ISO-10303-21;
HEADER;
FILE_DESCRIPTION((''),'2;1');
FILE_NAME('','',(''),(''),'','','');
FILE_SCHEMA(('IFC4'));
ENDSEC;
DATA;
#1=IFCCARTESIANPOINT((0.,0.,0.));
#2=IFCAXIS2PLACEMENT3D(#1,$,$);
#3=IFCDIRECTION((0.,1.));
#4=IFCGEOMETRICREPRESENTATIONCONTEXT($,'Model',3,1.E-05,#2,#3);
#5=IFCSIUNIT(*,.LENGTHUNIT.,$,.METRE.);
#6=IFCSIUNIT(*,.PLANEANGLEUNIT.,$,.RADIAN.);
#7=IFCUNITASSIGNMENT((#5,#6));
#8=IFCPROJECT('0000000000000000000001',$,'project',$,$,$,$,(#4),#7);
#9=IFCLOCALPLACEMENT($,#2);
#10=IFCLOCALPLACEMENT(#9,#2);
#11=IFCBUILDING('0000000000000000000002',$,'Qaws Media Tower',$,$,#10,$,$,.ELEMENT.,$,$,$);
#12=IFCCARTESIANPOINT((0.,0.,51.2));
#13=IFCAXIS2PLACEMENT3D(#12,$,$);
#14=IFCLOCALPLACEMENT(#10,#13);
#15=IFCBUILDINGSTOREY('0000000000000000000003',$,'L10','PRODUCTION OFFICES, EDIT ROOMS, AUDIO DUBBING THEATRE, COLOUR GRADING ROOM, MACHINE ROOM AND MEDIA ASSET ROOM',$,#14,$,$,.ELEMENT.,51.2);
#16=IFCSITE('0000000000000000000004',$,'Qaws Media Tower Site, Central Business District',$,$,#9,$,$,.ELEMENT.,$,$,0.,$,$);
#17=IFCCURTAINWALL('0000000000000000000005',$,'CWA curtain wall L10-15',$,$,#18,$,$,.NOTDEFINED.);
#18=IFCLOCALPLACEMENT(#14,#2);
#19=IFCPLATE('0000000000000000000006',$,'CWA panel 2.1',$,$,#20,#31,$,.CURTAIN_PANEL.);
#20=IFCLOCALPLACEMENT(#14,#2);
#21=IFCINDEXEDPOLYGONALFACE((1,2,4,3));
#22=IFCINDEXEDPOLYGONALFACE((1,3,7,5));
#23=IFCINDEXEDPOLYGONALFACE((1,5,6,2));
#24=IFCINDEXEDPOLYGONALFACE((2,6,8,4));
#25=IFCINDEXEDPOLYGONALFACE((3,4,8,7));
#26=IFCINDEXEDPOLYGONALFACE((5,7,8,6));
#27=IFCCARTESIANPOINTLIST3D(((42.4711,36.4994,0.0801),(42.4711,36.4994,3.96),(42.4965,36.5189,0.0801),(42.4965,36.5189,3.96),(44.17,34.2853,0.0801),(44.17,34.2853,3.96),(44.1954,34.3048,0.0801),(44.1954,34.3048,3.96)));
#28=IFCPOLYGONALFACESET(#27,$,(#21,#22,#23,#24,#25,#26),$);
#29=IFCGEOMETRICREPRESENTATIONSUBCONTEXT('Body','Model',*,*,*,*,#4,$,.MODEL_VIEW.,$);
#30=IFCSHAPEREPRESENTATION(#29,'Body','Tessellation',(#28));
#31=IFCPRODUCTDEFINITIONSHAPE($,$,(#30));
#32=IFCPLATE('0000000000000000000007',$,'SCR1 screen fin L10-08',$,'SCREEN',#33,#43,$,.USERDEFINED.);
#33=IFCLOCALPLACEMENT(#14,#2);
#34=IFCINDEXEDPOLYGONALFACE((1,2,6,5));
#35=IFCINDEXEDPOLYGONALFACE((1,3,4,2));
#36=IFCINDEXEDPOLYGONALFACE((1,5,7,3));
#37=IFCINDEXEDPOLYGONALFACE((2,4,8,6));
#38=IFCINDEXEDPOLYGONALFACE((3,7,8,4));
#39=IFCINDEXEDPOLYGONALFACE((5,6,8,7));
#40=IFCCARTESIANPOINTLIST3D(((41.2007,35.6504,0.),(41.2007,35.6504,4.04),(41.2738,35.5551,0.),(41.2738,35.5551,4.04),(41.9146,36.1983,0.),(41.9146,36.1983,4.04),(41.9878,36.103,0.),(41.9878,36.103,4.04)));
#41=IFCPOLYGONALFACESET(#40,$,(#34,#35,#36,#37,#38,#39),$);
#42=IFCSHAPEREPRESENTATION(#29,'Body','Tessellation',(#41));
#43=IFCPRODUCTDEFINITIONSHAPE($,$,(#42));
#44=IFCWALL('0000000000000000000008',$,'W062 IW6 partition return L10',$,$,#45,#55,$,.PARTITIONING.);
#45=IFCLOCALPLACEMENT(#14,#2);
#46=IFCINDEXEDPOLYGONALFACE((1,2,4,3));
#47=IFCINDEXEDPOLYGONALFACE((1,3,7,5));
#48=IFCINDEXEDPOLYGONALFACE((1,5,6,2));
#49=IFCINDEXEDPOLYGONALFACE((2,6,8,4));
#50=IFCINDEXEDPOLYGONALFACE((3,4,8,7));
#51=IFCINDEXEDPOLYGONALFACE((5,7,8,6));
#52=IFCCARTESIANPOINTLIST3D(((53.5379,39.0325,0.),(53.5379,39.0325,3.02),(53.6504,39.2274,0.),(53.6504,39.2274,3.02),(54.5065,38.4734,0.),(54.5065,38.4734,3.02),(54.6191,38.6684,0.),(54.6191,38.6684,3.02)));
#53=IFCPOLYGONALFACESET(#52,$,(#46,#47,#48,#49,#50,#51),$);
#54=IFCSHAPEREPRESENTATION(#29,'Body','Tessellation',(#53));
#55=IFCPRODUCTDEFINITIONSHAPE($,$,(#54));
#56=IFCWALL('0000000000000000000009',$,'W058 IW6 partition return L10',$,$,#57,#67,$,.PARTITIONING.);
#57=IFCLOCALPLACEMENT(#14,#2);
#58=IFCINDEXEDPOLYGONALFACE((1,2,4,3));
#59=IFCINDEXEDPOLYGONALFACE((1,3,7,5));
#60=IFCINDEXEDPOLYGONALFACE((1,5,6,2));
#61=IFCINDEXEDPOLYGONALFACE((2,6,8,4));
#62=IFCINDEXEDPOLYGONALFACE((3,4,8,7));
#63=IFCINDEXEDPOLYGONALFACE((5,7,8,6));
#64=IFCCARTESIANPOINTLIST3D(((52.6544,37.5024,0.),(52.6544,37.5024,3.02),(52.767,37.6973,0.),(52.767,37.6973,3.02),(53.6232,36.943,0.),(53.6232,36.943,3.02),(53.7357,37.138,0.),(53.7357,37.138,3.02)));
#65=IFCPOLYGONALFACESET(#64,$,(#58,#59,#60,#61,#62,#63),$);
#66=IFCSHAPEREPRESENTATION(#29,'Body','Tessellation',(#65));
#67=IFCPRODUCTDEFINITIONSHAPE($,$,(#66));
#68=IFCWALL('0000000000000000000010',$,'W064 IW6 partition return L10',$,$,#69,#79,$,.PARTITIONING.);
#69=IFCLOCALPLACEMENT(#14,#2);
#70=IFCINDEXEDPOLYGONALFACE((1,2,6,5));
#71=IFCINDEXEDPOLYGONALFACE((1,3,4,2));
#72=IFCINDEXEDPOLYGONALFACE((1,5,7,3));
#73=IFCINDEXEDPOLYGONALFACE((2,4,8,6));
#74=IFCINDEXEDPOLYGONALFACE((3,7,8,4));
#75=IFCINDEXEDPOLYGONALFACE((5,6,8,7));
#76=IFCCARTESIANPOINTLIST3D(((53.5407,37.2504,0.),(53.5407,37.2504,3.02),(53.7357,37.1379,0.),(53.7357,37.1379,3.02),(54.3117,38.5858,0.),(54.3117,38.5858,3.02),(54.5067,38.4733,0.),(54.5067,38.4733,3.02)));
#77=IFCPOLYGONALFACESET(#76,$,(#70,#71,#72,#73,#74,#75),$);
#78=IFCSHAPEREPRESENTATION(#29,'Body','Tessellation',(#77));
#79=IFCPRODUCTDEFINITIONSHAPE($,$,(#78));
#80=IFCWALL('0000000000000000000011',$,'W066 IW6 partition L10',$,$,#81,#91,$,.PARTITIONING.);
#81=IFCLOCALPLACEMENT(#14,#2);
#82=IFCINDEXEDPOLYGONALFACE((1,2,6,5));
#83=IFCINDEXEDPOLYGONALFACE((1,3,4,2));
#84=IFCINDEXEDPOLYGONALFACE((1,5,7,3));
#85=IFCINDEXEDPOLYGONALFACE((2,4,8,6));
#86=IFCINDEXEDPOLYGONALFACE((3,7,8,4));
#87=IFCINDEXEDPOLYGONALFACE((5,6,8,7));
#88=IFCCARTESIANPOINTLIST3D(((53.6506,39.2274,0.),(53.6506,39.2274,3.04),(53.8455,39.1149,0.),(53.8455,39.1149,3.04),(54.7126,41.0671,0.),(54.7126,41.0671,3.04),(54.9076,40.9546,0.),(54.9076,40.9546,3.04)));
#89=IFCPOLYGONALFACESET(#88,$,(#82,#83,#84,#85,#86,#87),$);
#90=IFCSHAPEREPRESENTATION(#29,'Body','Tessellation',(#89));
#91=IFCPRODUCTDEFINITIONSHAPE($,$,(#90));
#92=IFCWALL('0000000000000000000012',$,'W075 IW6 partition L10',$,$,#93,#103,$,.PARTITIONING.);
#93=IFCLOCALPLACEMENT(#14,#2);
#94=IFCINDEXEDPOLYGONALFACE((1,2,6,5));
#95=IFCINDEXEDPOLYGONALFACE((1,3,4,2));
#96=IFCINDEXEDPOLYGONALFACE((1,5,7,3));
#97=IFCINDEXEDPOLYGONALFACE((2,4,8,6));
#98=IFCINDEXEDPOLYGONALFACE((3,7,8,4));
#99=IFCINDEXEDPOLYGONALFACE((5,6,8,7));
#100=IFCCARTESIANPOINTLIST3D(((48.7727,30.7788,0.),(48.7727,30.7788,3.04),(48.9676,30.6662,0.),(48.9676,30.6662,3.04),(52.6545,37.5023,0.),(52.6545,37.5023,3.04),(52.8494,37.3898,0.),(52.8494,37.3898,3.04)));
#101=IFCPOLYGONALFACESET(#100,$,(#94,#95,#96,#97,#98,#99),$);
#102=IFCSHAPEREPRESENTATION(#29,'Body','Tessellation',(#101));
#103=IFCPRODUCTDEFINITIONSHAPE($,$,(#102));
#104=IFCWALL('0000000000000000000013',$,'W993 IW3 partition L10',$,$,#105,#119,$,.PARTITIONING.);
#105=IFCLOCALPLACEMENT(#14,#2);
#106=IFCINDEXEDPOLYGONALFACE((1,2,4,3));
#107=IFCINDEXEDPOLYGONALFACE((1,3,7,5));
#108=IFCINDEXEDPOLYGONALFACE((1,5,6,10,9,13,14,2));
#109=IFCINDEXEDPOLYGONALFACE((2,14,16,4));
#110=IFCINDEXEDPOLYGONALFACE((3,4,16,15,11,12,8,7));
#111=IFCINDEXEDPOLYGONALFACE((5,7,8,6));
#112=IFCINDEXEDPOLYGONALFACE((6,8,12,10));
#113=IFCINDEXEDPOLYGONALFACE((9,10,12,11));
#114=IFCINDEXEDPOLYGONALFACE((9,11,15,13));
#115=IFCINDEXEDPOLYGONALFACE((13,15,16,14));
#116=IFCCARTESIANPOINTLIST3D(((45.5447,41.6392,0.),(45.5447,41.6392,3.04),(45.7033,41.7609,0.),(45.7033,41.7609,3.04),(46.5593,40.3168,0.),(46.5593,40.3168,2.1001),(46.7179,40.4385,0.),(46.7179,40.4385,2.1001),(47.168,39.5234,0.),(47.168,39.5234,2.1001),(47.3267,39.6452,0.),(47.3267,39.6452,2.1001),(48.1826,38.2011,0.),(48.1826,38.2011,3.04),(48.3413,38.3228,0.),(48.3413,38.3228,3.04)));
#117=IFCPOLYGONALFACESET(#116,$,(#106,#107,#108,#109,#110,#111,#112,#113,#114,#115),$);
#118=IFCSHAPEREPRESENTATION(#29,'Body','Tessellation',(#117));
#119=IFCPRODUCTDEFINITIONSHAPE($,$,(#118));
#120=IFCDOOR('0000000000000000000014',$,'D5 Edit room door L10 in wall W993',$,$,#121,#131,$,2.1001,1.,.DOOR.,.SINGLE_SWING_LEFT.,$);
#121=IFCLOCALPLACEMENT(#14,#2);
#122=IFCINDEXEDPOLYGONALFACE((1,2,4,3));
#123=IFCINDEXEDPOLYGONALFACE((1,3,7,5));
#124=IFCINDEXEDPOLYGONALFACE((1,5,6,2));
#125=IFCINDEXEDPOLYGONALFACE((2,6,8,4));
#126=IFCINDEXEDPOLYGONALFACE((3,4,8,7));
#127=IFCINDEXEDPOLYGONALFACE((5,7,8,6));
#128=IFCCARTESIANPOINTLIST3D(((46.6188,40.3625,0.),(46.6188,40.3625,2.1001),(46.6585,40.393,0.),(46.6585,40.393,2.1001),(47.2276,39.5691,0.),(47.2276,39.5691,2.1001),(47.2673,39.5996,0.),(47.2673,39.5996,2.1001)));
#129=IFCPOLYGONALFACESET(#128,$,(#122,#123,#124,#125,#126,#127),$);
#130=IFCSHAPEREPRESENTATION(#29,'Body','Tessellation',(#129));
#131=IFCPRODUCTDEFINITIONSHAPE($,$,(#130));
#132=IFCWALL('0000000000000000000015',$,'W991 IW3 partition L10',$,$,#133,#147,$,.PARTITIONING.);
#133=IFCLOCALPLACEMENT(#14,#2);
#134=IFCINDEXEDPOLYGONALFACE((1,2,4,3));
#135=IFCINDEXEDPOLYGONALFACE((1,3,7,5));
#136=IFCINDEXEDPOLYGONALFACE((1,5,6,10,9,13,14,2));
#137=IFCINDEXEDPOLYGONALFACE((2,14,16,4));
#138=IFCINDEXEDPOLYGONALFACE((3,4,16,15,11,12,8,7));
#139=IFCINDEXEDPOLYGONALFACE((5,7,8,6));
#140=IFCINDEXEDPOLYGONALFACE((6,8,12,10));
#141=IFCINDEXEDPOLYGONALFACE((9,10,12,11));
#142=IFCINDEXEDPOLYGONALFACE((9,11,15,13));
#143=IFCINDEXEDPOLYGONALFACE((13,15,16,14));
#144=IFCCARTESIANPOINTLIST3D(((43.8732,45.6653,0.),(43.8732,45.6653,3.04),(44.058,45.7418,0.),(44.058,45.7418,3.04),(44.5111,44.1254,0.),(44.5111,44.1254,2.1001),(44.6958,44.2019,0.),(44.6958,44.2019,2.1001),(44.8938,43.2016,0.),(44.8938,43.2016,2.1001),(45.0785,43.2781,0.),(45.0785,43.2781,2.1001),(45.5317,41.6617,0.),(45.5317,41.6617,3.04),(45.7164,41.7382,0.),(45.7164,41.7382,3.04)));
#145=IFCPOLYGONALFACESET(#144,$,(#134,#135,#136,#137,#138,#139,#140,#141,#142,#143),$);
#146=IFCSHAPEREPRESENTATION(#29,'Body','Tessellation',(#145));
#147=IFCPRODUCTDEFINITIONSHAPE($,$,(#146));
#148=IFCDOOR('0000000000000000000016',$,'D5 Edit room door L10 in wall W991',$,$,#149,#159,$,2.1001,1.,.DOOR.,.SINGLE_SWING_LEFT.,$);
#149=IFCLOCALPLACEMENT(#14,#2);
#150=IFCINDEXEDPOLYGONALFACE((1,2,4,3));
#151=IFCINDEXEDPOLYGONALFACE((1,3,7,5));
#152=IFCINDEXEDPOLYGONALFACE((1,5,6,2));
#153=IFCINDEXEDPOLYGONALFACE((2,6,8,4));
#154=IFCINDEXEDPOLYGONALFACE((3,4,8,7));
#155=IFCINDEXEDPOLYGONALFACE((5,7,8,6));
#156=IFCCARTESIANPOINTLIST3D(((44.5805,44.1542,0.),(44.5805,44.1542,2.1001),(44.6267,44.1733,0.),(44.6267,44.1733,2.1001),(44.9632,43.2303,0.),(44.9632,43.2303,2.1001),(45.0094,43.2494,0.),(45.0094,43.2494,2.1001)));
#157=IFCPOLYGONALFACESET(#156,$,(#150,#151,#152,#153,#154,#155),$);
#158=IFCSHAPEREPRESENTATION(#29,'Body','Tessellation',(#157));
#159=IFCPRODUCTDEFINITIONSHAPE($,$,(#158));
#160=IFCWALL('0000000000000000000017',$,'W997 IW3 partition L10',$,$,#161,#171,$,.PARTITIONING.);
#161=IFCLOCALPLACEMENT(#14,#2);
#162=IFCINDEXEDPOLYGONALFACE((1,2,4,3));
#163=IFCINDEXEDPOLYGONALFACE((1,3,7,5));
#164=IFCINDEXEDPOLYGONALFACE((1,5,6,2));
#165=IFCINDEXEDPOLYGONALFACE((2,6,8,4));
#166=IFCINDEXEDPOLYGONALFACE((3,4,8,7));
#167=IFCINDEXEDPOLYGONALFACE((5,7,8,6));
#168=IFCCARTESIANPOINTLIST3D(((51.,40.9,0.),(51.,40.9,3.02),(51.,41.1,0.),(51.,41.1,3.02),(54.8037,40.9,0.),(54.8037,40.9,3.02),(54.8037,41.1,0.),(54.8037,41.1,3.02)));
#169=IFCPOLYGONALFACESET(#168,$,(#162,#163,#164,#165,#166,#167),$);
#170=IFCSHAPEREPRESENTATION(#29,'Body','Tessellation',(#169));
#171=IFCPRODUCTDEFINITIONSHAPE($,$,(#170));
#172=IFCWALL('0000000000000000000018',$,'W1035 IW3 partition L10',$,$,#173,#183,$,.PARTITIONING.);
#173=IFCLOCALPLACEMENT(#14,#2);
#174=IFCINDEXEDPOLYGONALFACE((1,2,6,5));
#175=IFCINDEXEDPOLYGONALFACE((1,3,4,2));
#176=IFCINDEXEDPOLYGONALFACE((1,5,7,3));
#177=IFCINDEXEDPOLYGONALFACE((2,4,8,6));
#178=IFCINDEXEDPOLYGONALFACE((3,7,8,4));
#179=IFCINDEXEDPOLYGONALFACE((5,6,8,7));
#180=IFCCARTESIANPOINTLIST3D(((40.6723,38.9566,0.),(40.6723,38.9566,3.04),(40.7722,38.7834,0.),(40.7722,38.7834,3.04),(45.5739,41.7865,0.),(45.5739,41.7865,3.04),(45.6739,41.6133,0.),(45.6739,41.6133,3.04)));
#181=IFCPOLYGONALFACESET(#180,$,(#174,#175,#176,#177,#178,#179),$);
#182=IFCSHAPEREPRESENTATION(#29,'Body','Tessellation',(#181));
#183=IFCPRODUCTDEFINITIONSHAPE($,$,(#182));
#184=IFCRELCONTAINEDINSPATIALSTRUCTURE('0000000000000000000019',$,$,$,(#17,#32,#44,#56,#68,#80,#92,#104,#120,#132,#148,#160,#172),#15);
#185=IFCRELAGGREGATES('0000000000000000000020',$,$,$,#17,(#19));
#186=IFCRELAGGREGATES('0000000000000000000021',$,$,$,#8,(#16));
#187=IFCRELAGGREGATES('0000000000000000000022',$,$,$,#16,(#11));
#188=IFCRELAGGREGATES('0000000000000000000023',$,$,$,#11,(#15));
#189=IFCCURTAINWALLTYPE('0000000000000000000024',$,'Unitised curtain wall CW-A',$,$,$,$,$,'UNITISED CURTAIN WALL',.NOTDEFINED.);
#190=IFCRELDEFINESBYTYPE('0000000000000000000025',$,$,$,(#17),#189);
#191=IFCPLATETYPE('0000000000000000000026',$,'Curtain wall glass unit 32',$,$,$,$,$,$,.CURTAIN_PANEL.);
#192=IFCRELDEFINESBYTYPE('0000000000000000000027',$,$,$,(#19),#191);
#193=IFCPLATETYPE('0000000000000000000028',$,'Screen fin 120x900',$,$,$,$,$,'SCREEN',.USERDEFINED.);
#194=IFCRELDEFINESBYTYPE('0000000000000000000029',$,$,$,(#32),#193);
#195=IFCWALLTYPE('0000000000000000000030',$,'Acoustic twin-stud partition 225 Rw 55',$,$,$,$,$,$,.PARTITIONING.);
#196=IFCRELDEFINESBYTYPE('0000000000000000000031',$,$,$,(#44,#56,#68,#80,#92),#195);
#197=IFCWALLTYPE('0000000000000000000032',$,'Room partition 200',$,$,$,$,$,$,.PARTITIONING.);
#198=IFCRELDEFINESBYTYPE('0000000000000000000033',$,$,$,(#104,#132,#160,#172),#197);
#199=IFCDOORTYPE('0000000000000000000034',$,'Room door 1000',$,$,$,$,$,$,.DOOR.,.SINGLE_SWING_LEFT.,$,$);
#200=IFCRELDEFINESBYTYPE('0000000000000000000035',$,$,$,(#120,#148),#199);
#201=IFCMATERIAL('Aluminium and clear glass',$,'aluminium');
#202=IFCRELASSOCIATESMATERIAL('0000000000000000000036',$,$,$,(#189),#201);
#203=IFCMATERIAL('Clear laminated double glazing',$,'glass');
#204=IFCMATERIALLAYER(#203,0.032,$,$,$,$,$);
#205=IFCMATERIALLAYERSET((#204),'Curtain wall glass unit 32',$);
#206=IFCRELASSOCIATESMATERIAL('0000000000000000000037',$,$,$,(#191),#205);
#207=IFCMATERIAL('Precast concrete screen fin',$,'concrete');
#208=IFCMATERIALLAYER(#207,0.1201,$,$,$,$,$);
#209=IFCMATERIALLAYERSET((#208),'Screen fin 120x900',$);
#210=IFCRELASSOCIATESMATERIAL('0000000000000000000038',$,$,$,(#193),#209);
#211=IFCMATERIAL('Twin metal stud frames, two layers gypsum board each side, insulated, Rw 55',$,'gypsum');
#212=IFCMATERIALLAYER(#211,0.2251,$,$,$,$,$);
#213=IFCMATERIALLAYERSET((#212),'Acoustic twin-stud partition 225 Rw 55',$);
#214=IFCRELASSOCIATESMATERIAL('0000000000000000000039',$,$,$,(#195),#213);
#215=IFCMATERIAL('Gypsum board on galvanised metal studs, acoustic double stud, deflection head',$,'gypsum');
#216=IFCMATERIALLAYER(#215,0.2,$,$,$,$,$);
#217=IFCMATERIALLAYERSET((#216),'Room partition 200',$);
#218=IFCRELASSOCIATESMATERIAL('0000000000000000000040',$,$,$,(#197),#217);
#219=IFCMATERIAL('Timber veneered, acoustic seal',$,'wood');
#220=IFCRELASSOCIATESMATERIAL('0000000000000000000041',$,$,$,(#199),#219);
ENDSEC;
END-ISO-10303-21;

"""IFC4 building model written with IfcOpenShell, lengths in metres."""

from ifc_helpers import new_model, si_unit, direction, frame, frame_2d, origin, origin_2d, place, context, subcontext, project, spatial, rectangle, extrude, material, layer, layer_set, type_object, element, fill, aggregate, save


model = new_model("IFC4")

# Units and contexts
model_context = context("Model", 3, precision=1e-05, world=origin(), true_north=direction((0.0, 1.0)))
body_context = subcontext(model_context, "Body", "Model", "MODEL_VIEW")
ifc_project = project(units=[si_unit("LENGTHUNIT", "METRE"), si_unit("PLANEANGLEUNIT", "RADIAN")], contexts=[model_context])

# Site, building, storey
site_placement = place(None, origin())
site = spatial("IfcSite", under=ifc_project, at=site_placement, Name="Qaws Media Tower Site, Central Business District", CompositionType="ELEMENT", RefElevation=0.0)
building_placement = place(site_placement, origin())
building = spatial("IfcBuilding", under=site, at=building_placement, Name="Qaws Media Tower", CompositionType="ELEMENT")
storey_placement = place(building_placement, frame((0.0, 0.0, 51.2)))
storey = spatial("IfcBuildingStorey", under=building, at=storey_placement, Name="L10", Description="PRODUCTION OFFICES, EDIT ROOMS, AUDIO DUBBING THEATRE, COLOUR GRADING ROOM, MACHINE ROOM AND MEDIA ASSET ROOM", CompositionType="ELEMENT", Elevation=51.2)

# Shared definitions
ifc_material_1 = material(Name="Aluminium and clear glass", Category="aluminium")
curtain_wall_type = type_object("IfcCurtainWallType", Name="Unitised curtain wall CW-A", ElementType="UNITISED CURTAIN WALL", PredefinedType="NOTDEFINED", material=ifc_material_1)

# Curtain wall
curtain_wall_1_placement = place(storey_placement, origin())
curtain_wall_1 = element("IfcCurtainWall", 1, at=curtain_wall_1_placement, inside=storey, type_object=curtain_wall_type, Name="CWA curtain wall L10-15", PredefinedType="NOTDEFINED")

# Plates
ifc_material_2 = material(Name="Clear laminated double glazing", Category="glass")
ifc_layer_1 = layer(ifc_material_2, 0.032)
ifc_layer_set_1 = layer_set([ifc_layer_1], Name="Curtain wall glass unit 32")
plate_type_1 = type_object("IfcPlateType", Name="Curtain wall glass unit 32", PredefinedType="CURTAIN_PANEL", material=ifc_layer_set_1)
plate_1_placement = place(storey_placement, frame((43.3333, 35.4021, 0.0801), z_axis=(0.0, 0.0, 1.0), x_axis=(0.608762, -0.793353, 0.0)))
plate_1 = element("IfcPlate", 2, at=plate_1_placement, type_object=plate_type_1, Name="CWA panel 2.1", PredefinedType="CURTAIN_PANEL", context=body_context, shape_type="SweptSolid", body=[
    extrude(rectangle(XDim=2.7908, YDim=0.032, at=origin_2d()), origin(), (0.0, 0.0, 1.0), 3.8799),
])
aggregate(curtain_wall_1, [plate_1])
ifc_material_3 = material(Name="Precast concrete screen fin", Category="concrete")
ifc_layer_2 = layer(ifc_material_3, 0.1201)
ifc_layer_set_2 = layer_set([ifc_layer_2], Name="Screen fin 120x900")
plate_type_2 = type_object("IfcPlateType", Name="Screen fin 120x900", ElementType="SCREEN", PredefinedType="USERDEFINED", material=ifc_layer_set_2)
plate_2_placement = place(storey_placement, frame((41.5942, 35.8767, 0.0), z_axis=(0.0, 0.0, 1.0), x_axis=(-0.793353, -0.608761, 0.0)))
element("IfcPlate", 3, at=plate_2_placement, inside=storey, type_object=plate_type_2, Name="SCR1 screen fin L10-08", ObjectType="SCREEN", PredefinedType="USERDEFINED", context=body_context, shape_type="SweptSolid", body=[
    extrude(rectangle(XDim=0.8999, YDim=0.1201, at=origin_2d()), origin(), (0.0, 0.0, 1.0), 4.04),
])

# Walls
ifc_material_4 = material(Name="Twin metal stud frames, two layers gypsum board each side, insulated, Rw 55", Category="gypsum")
ifc_layer_3 = layer(ifc_material_4, 0.2251)
ifc_layer_set_3 = layer_set([ifc_layer_3], Name="Acoustic twin-stud partition 225 Rw 55")
wall_type_1 = type_object("IfcWallType", Name="Acoustic twin-stud partition 225 Rw 55", PredefinedType="PARTITIONING", material=ifc_layer_set_3)
wall_1_placement = place(storey_placement, frame((53.5942, 39.1299, 0.0), z_axis=(0.0, 0.0, 1.0), x_axis=(0.866113, -0.499848, 0.0)))
element("IfcWall", 4, at=wall_1_placement, inside=storey, type_object=wall_type_1, Name="W062 IW6 partition return L10", PredefinedType="PARTITIONING", context=body_context, shape_type="SweptSolid", body=[
    extrude(rectangle(XDim=1.1184, YDim=0.2251, at=frame_2d((0.5591, 0.0))), origin(), (0.0, 0.0, 1.0), 3.02),
])
wall_2_placement = place(storey_placement, frame((52.7107, 37.5999, 0.0), z_axis=(0.0, 0.0, 1.0), x_axis=(0.866018, -0.500012, 0.0)))
element("IfcWall", 5, at=wall_2_placement, inside=storey, type_object=wall_type_1, Name="W058 IW6 partition return L10", PredefinedType="PARTITIONING", context=body_context, shape_type="SweptSolid", body=[
    extrude(rectangle(XDim=1.1187, YDim=0.2251, at=frame_2d((0.5593, 0.0))), origin(), (0.0, 0.0, 1.0), 3.02),
])
wall_3_placement = place(storey_placement, frame((54.4092, 38.5295, 0.0), z_axis=(0.0, 0.0, 1.0), x_axis=(-0.499987, -0.866033, 0.0)))
element("IfcWall", 6, at=wall_3_placement, inside=storey, type_object=wall_type_1, Name="W064 IW6 partition return L10", PredefinedType="PARTITIONING", context=body_context, shape_type="SweptSolid", body=[
    extrude(rectangle(XDim=1.542, YDim=0.2251, at=frame_2d((0.771, 0.0))), origin(), (0.0, 0.0, 1.0), 3.02),
])
wall_4_placement = place(storey_placement, frame((54.8101, 41.0107, 0.0), z_axis=(0.0, 0.0, 1.0), x_axis=(-0.499971, -0.866042, 0.0)))
element("IfcWall", 7, at=wall_4_placement, inside=storey, type_object=wall_type_1, Name="W066 IW6 partition L10", PredefinedType="PARTITIONING", context=body_context, shape_type="SweptSolid", body=[
    extrude(rectangle(XDim=2.1243, YDim=0.2251, at=frame_2d((1.062, 0.0))), origin(), (0.0, 0.0, 1.0), 3.04),
])
wall_5_placement = place(storey_placement, frame((52.752, 37.446, 0.0), z_axis=(0.0, 0.0, 1.0), x_axis=(-0.499995, -0.866028, 0.0)))
element("IfcWall", 8, at=wall_5_placement, inside=storey, type_object=wall_type_1, Name="W075 IW6 partition L10", PredefinedType="PARTITIONING", context=body_context, shape_type="SweptSolid", body=[
    extrude(rectangle(XDim=7.7637, YDim=0.2251, at=frame_2d((3.8818, 0.0))), origin(), (0.0, 0.0, 1.0), 3.04),
])

# Walls, openings, doors
ifc_material_5 = material(Name="Gypsum board on galvanised metal studs, acoustic double stud, deflection head", Category="gypsum")
ifc_layer_4 = layer(ifc_material_5, 0.2)
ifc_layer_set_4 = layer_set([ifc_layer_4], Name="Room partition 200")
wall_type_2 = type_object("IfcWallType", Name="Room partition 200", PredefinedType="PARTITIONING", material=ifc_layer_set_4)
wall_6_placement = place(storey_placement, frame((48.262, 38.262, 0.0), z_axis=(0.0, 0.0, 1.0), x_axis=(-0.608744, 0.793367, 0.0)))
wall_6 = element("IfcWall", 9, at=wall_6_placement, inside=storey, type_object=wall_type_2, Name="W993 IW3 partition L10", PredefinedType="PARTITIONING", context=body_context, shape_type="SweptSolid", body=[
    extrude(rectangle(XDim=4.3335, YDim=0.2, at=frame_2d((2.1667, 0.0))), origin(), (0.0, 0.0, 1.0), 3.04),
])
opening_1_placement = place(wall_6_placement, frame((1.6667, 0.0, 0.0)))
opening_1 = element("IfcOpeningElement", 10, at=opening_1_placement, cuts=wall_6, PredefinedType="OPENING", context=body_context, shape_type="SweptSolid", body=[
    extrude(rectangle(XDim=1.0, YDim=2.1001, at=frame_2d((0.5, 1.05))), frame((0.0, 0.1099, 0.0), z_axis=(0.0, -1.0, 0.0), x_axis=(1.0, 0.0, 0.0)), (0.0, 0.0, 1.0), 0.22),
])
ifc_material_6 = material(Name="Timber veneered, acoustic seal", Category="wood")
door_type = type_object("IfcDoorType", Name="Room door 1000", OperationType="SINGLE_SWING_LEFT", PredefinedType="DOOR", material=ifc_material_6)
door_1_placement = place(opening_1_placement, origin())
door_1 = element("IfcDoor", 11, at=door_1_placement, inside=storey, type_object=door_type, Name="D5 Edit room door L10 in wall W993", OperationType="SINGLE_SWING_LEFT", OverallHeight=2.1001, OverallWidth=1.0, PredefinedType="DOOR", context=body_context, shape_type="SweptSolid", body=[
    extrude(rectangle(XDim=1.0, YDim=2.1001, at=frame_2d((0.5, 1.05))), frame((0.0, 0.0249, 0.0), z_axis=(0.0, -1.0, 0.0), x_axis=(1.0, 0.0, 0.0)), (0.0, 0.0, 1.0), 0.05),
])
fill(opening_1, door_1)
wall_7_placement = place(storey_placement, frame((45.624, 41.7, 0.0), z_axis=(0.0, 0.0, 1.0), x_axis=(-0.382698, 0.923873, 0.0)))
wall_7 = element("IfcWall", 12, at=wall_7_placement, inside=storey, type_object=wall_type_2, Name="W991 IW3 partition L10", PredefinedType="PARTITIONING", context=body_context, shape_type="SweptSolid", body=[
    extrude(rectangle(XDim=4.3335, YDim=0.2, at=frame_2d((2.1667, 0.0))), origin(), (0.0, 0.0, 1.0), 3.04),
])
opening_2_placement = place(wall_7_placement, frame((1.6667, 0.0, 0.0)))
opening_2 = element("IfcOpeningElement", 13, at=opening_2_placement, cuts=wall_7, PredefinedType="OPENING", context=body_context, shape_type="SweptSolid", body=[
    extrude(rectangle(XDim=1.0, YDim=2.1001, at=frame_2d((0.5, 1.05))), frame((0.0, 0.1099, 0.0), z_axis=(0.0, -1.0, 0.0), x_axis=(1.0, 0.0, 0.0)), (0.0, 0.0, 1.0), 0.22),
])
door_2_placement = place(opening_2_placement, origin())
door_2 = element("IfcDoor", 14, at=door_2_placement, inside=storey, type_object=door_type, Name="D5 Edit room door L10 in wall W991", OperationType="SINGLE_SWING_LEFT", OverallHeight=2.1001, OverallWidth=1.0, PredefinedType="DOOR", context=body_context, shape_type="SweptSolid", body=[
    extrude(rectangle(XDim=1.0, YDim=2.1001, at=frame_2d((0.5, 1.05))), frame((0.0, 0.0249, 0.0), z_axis=(0.0, -1.0, 0.0), x_axis=(1.0, 0.0, 0.0)), (0.0, 0.0, 1.0), 0.05),
])
fill(opening_2, door_2)

# Walls
wall_8_placement = place(storey_placement, frame((54.8037, 41.0, 0.0), z_axis=(0.0, 0.0, 1.0), x_axis=(-1.0, 0.0, 0.0)))
element("IfcWall", 15, at=wall_8_placement, inside=storey, type_object=wall_type_2, Name="W997 IW3 partition L10", PredefinedType="PARTITIONING", context=body_context, shape_type="SweptSolid", body=[
    extrude(rectangle(XDim=3.8037, YDim=0.2, at=frame_2d((1.9019, 0.0))), origin(), (0.0, 0.0, 1.0), 3.02),
])
wall_9_placement = place(storey_placement, frame((45.624, 41.7, 0.0), z_axis=(0.0, 0.0, 1.0), x_axis=(-0.866034, -0.499985, 0.0)))
element("IfcWall", 16, at=wall_9_placement, inside=storey, type_object=wall_type_2, Name="W1035 IW3 partition L10", PredefinedType="PARTITIONING", context=body_context, shape_type="SweptSolid", body=[
    extrude(rectangle(XDim=5.6599, YDim=0.2, at=frame_2d((2.8301, 0.0))), origin(), (0.0, 0.0, 1.0), 3.04),
])

save(model, "model.ifc")
